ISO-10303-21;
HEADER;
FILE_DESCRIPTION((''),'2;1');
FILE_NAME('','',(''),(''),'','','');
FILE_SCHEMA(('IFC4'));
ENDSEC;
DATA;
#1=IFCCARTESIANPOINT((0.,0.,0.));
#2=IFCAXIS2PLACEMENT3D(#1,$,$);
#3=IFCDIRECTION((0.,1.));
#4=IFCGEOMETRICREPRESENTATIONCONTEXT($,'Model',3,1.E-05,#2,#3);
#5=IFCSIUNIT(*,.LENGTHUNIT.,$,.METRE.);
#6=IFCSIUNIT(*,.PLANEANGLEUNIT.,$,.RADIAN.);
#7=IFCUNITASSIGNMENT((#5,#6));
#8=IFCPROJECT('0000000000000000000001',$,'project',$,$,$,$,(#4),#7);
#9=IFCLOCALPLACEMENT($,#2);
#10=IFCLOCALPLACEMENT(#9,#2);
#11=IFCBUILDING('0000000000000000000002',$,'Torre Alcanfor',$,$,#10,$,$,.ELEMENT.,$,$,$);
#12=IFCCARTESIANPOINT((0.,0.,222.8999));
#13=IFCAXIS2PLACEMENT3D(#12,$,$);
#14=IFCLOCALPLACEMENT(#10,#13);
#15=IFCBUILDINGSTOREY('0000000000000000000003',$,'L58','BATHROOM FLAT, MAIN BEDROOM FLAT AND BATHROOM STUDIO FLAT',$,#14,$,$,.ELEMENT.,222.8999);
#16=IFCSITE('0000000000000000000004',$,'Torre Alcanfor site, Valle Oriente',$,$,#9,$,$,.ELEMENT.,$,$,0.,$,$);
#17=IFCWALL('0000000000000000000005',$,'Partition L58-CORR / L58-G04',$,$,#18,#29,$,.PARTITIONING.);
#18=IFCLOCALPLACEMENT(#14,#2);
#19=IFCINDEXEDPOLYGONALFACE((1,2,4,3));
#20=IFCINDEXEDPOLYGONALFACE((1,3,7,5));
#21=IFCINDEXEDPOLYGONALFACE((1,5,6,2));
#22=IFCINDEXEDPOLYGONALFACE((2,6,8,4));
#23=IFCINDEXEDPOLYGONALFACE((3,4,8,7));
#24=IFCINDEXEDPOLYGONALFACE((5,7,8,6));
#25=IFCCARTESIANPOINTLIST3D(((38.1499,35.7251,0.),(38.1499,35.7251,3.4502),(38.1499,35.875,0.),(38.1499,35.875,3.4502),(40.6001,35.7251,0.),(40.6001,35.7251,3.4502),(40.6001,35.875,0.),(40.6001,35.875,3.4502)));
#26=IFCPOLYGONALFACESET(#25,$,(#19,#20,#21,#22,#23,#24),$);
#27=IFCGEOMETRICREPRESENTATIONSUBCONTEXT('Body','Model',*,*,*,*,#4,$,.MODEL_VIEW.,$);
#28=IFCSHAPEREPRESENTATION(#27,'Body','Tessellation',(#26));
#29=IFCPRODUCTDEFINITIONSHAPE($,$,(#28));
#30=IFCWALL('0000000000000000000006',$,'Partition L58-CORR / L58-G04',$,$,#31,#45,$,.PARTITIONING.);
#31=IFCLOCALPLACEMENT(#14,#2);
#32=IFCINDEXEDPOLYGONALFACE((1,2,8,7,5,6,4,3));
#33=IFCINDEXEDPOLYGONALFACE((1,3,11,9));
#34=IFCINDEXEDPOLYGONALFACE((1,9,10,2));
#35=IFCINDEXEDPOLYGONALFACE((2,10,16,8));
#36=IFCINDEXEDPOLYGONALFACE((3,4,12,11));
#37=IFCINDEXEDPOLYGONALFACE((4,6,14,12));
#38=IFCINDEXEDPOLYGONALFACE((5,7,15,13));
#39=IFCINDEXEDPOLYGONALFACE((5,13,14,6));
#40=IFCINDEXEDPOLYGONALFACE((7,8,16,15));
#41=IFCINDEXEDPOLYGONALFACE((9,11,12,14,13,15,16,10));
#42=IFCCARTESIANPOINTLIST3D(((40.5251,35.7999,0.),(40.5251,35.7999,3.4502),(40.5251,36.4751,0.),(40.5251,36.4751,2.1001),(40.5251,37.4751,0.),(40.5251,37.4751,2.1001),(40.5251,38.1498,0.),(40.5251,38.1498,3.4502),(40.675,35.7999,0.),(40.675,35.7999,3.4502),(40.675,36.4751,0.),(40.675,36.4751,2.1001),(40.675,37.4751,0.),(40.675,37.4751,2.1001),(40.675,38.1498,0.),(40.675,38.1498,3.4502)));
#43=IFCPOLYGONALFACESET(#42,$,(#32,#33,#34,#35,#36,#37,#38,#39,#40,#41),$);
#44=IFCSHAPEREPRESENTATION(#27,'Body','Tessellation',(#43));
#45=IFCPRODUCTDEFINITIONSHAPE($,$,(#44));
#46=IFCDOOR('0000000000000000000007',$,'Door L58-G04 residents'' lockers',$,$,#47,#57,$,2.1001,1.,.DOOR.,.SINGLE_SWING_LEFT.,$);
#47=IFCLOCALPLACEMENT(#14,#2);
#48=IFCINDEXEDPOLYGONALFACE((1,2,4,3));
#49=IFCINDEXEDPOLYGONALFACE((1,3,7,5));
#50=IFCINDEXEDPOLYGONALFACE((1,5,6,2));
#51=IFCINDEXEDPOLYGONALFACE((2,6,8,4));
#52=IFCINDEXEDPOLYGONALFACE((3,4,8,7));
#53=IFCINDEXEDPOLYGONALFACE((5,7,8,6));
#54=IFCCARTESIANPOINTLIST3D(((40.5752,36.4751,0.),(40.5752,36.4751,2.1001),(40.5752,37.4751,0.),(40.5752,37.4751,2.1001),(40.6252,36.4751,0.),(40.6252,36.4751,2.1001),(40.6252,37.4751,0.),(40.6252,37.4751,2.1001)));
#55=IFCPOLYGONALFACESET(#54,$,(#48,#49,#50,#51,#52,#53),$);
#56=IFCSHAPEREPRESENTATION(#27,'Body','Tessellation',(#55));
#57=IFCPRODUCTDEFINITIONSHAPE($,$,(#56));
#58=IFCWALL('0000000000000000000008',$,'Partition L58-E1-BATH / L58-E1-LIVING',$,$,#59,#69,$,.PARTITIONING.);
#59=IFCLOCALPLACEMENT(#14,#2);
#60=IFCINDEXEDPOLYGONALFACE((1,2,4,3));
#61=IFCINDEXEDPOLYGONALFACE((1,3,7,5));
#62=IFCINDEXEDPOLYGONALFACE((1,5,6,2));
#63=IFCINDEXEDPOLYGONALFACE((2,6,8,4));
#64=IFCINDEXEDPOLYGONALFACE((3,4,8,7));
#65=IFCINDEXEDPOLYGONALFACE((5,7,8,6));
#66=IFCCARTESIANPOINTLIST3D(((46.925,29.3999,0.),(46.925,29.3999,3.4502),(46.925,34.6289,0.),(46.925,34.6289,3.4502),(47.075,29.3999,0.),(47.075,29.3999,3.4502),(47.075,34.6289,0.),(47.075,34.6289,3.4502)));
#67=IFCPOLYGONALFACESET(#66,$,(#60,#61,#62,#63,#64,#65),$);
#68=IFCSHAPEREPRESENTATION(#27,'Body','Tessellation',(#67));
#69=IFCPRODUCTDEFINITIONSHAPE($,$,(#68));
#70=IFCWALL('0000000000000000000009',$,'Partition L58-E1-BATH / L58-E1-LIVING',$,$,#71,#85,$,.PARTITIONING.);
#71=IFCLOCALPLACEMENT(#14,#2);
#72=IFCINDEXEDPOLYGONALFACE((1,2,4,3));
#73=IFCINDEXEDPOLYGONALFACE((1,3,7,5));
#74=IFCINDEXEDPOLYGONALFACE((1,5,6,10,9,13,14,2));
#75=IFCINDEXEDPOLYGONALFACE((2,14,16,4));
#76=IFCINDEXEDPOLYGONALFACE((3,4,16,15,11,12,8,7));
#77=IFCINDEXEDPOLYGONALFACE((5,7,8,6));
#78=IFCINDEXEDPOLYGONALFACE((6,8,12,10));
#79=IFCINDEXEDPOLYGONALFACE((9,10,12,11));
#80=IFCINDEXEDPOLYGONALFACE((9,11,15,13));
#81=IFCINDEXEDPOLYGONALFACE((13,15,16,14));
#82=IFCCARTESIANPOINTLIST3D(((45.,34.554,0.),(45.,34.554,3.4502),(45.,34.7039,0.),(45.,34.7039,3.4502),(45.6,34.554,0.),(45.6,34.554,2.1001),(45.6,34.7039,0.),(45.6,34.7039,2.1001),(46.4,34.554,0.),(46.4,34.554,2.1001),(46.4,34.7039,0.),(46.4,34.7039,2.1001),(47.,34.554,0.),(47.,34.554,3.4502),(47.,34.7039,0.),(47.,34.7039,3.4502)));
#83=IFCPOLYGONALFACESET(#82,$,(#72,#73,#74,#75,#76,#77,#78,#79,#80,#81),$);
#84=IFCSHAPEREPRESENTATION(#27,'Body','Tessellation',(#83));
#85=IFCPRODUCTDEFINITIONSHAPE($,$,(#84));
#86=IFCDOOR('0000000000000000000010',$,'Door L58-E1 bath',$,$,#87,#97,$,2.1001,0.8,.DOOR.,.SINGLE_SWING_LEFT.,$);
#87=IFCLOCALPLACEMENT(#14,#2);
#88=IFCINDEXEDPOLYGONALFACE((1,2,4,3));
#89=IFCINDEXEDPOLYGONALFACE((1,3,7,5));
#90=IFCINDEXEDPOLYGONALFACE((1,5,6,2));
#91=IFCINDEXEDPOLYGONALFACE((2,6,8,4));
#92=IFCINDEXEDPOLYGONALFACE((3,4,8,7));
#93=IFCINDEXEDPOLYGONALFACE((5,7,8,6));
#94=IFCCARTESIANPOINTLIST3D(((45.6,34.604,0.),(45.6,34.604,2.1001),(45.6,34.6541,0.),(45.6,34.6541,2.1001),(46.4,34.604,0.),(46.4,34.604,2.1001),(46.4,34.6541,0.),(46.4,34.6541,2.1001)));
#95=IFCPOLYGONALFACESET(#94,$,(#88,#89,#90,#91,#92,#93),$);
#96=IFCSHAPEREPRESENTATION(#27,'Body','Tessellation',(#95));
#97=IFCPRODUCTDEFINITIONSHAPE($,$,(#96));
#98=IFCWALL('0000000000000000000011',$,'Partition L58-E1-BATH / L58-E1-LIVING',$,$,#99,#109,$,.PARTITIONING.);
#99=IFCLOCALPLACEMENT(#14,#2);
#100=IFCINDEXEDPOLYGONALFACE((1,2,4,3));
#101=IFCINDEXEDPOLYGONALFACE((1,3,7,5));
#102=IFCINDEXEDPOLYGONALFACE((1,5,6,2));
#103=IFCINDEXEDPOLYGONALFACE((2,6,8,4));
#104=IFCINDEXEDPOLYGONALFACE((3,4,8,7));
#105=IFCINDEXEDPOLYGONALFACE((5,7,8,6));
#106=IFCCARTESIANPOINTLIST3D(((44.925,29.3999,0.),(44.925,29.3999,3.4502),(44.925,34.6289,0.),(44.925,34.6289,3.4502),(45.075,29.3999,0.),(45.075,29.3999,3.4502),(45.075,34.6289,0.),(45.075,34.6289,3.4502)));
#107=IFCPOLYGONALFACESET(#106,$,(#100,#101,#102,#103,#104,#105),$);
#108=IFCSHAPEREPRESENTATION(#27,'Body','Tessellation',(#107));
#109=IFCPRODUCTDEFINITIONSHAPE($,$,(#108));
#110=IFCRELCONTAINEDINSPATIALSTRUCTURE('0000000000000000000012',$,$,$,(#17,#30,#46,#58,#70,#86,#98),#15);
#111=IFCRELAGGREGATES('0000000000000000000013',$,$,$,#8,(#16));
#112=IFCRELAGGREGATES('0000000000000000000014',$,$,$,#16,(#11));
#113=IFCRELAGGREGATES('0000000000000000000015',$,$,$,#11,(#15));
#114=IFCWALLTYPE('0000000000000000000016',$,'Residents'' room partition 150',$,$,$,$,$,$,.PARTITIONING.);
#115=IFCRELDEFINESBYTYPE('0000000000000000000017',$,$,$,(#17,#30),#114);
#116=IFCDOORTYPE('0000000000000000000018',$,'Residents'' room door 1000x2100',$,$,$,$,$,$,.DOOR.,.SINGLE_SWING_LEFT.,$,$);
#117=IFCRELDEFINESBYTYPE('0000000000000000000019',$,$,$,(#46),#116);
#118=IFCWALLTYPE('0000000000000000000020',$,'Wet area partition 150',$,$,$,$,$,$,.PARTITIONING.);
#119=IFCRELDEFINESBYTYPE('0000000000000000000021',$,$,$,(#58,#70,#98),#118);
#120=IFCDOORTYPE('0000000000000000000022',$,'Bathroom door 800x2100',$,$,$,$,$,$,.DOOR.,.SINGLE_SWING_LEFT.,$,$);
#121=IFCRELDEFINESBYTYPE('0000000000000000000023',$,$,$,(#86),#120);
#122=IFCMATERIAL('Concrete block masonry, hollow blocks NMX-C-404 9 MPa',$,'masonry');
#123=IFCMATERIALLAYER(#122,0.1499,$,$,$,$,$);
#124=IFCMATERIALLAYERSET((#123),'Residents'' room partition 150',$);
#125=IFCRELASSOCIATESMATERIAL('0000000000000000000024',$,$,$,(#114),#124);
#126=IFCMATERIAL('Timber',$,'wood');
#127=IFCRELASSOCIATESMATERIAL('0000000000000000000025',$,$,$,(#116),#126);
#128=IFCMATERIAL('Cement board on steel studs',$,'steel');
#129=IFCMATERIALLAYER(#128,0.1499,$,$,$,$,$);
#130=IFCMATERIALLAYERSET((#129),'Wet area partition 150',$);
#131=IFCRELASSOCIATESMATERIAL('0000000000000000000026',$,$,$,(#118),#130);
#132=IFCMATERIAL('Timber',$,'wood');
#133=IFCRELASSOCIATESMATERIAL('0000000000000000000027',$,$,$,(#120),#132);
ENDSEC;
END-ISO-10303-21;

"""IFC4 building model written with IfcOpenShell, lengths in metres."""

from ifc_helpers import new_model, si_unit, direction, frame, frame_2d, origin, place, context, subcontext, project, spatial, rectangle, extrude, material, layer, layer_set, type_object, element, fill, save


model = new_model("IFC4")

# Units and contexts
model_context = context("Model", 3, precision=1e-05, world=origin(), true_north=direction((0.0, 1.0)))
body_context = subcontext(model_context, "Body", "Model", "MODEL_VIEW")
ifc_project = project(units=[si_unit("LENGTHUNIT", "METRE"), si_unit("PLANEANGLEUNIT", "RADIAN")], contexts=[model_context])

# Site, building, storey
site_placement = place(None, origin())
site = spatial("IfcSite", under=ifc_project, at=site_placement, Name="Torre Alcanfor site, Valle Oriente", CompositionType="ELEMENT", RefElevation=0.0)
building_placement = place(site_placement, origin())
building = spatial("IfcBuilding", under=site, at=building_placement, Name="Torre Alcanfor", CompositionType="ELEMENT")
storey_placement = place(building_placement, frame((0.0, 0.0, 222.8999)))
storey = spatial("IfcBuildingStorey", under=building, at=storey_placement, Name="L58", Description="BATHROOM FLAT, MAIN BEDROOM FLAT AND BATHROOM STUDIO FLAT", CompositionType="ELEMENT", Elevation=222.8999)

# Wall
ifc_material_1 = material(Name="Concrete block masonry, hollow blocks NMX-C-404 9 MPa", Category="masonry")
ifc_layer_1 = layer(ifc_material_1, 0.1499)
ifc_layer_set_1 = layer_set([ifc_layer_1], Name="Residents' room partition 150")
wall_type_1 = type_object("IfcWallType", Name="Residents' room partition 150", PredefinedType="PARTITIONING", material=ifc_layer_set_1)
wall_1_placement = place(storey_placement, frame((38.1499, 35.8, 0.0), z_axis=(0.0, 0.0, 1.0), x_axis=(1.0, 0.0, 0.0)))
element("IfcWall", 1, at=wall_1_placement, inside=storey, type_object=wall_type_1, Name="Partition L58-CORR / L58-G04", PredefinedType="PARTITIONING", context=body_context, shape_type="SweptSolid", body=[
    extrude(rectangle(XDim=2.4502, YDim=0.1499, at=frame_2d((1.2251, 0.0))), origin(), (0.0, 0.0, 1.0), 3.4502),
])

# Wall, opening, door
wall_2_placement = place(storey_placement, frame((40.6001, 35.8, 0.0), z_axis=(0.0, 0.0, 1.0), x_axis=(0.0, 1.0, 0.0)))
wall_2 = element("IfcWall", 2, at=wall_2_placement, inside=storey, type_object=wall_type_1, Name="Partition L58-CORR / L58-G04", PredefinedType="PARTITIONING", context=body_context, shape_type="SweptSolid", body=[
    extrude(rectangle(XDim=2.3499, YDim=0.1499, at=frame_2d((1.1748, 0.0))), origin(), (0.0, 0.0, 1.0), 3.4502),
])
opening_1_placement = place(wall_2_placement, frame((0.675, 0.0, 0.0)))
opening_1 = element("IfcOpeningElement", 3, at=opening_1_placement, cuts=wall_2, PredefinedType="OPENING", context=body_context, shape_type="SweptSolid", body=[
    extrude(rectangle(XDim=1.0, YDim=2.1001, at=frame_2d((0.5, 1.05))), frame((0.0, 0.085, 0.0), z_axis=(0.0, -1.0, 0.0), x_axis=(1.0, 0.0, 0.0)), (0.0, 0.0, 1.0), 0.1699),
])
ifc_material_2 = material(Name="Timber", Category="wood")
door_type_1 = type_object("IfcDoorType", Name="Residents' room door 1000x2100", OperationType="SINGLE_SWING_LEFT", PredefinedType="DOOR", material=ifc_material_2)
door_1_placement = place(opening_1_placement, origin())
door_1 = element("IfcDoor", 4, at=door_1_placement, inside=storey, type_object=door_type_1, Name="Door L58-G04 residents' lockers", OperationType="SINGLE_SWING_LEFT", OverallHeight=2.1001, OverallWidth=1.0, PredefinedType="DOOR", context=body_context, shape_type="SweptSolid", body=[
    extrude(rectangle(XDim=1.0, YDim=2.1001, at=frame_2d((0.5, 1.05))), frame((0.0, 0.0249, 0.0), z_axis=(0.0, -1.0, 0.0), x_axis=(1.0, 0.0, 0.0)), (0.0, 0.0, 1.0), 0.05),
])
fill(opening_1, door_1)

# Wall
ifc_material_3 = material(Name="Cement board on steel studs", Category="steel")
ifc_layer_2 = layer(ifc_material_3, 0.1499)
ifc_layer_set_2 = layer_set([ifc_layer_2], Name="Wet area partition 150")
wall_type_2 = type_object("IfcWallType", Name="Wet area partition 150", PredefinedType="PARTITIONING", material=ifc_layer_set_2)
wall_3_placement = place(storey_placement, frame((47.0, 29.3999, 0.0), z_axis=(0.0, 0.0, 1.0), x_axis=(0.0, 1.0, 0.0)))
element("IfcWall", 5, at=wall_3_placement, inside=storey, type_object=wall_type_2, Name="Partition L58-E1-BATH / L58-E1-LIVING", PredefinedType="PARTITIONING", context=body_context, shape_type="SweptSolid", body=[
    extrude(rectangle(XDim=5.229, YDim=0.1499, at=frame_2d((2.6145, 0.0))), origin(), (0.0, 0.0, 1.0), 3.4502),
])

# Wall, opening, door
wall_4_placement = place(storey_placement, frame((47.0, 34.6289, 0.0), z_axis=(0.0, 0.0, 1.0), x_axis=(-1.0, 0.0, 0.0)))
wall_4 = element("IfcWall", 6, at=wall_4_placement, inside=storey, type_object=wall_type_2, Name="Partition L58-E1-BATH / L58-E1-LIVING", PredefinedType="PARTITIONING", context=body_context, shape_type="SweptSolid", body=[
    extrude(rectangle(XDim=2.0, YDim=0.1499, at=frame_2d((1.0, 0.0))), origin(), (0.0, 0.0, 1.0), 3.4502),
])
opening_2_placement = place(wall_4_placement, frame((0.6001, 0.0, 0.0)))
opening_2 = element("IfcOpeningElement", 7, at=opening_2_placement, cuts=wall_4, PredefinedType="OPENING", context=body_context, shape_type="SweptSolid", body=[
    extrude(rectangle(XDim=0.8, YDim=2.1001, at=frame_2d((0.3999, 1.05))), frame((0.0, 0.085, 0.0), z_axis=(0.0, -1.0, 0.0), x_axis=(1.0, 0.0, 0.0)), (0.0, 0.0, 1.0), 0.1699),
])
ifc_material_4 = material(Name="Timber", Category="wood")
door_type_2 = type_object("IfcDoorType", Name="Bathroom door 800x2100", OperationType="SINGLE_SWING_LEFT", PredefinedType="DOOR", material=ifc_material_4)
door_2_placement = place(opening_2_placement, origin())
door_2 = element("IfcDoor", 8, at=door_2_placement, inside=storey, type_object=door_type_2, Name="Door L58-E1 bath", OperationType="SINGLE_SWING_LEFT", OverallHeight=2.1001, OverallWidth=0.8, PredefinedType="DOOR", context=body_context, shape_type="SweptSolid", body=[
    extrude(rectangle(XDim=0.8, YDim=2.1001, at=frame_2d((0.3999, 1.05))), frame((0.0, 0.0249, 0.0), z_axis=(0.0, -1.0, 0.0), x_axis=(1.0, 0.0, 0.0)), (0.0, 0.0, 1.0), 0.05),
])
fill(opening_2, door_2)

# Wall
wall_5_placement = place(storey_placement, frame((45.0, 34.6289, 0.0), z_axis=(0.0, 0.0, 1.0), x_axis=(0.0, -1.0, 0.0)))
element("IfcWall", 9, at=wall_5_placement, inside=storey, type_object=wall_type_2, Name="Partition L58-E1-BATH / L58-E1-LIVING", PredefinedType="PARTITIONING", context=body_context, shape_type="SweptSolid", body=[
    extrude(rectangle(XDim=5.229, YDim=0.1499, at=frame_2d((2.6145, 0.0))), origin(), (0.0, 0.0, 1.0), 3.4502),
])

save(model, "model.ifc")
